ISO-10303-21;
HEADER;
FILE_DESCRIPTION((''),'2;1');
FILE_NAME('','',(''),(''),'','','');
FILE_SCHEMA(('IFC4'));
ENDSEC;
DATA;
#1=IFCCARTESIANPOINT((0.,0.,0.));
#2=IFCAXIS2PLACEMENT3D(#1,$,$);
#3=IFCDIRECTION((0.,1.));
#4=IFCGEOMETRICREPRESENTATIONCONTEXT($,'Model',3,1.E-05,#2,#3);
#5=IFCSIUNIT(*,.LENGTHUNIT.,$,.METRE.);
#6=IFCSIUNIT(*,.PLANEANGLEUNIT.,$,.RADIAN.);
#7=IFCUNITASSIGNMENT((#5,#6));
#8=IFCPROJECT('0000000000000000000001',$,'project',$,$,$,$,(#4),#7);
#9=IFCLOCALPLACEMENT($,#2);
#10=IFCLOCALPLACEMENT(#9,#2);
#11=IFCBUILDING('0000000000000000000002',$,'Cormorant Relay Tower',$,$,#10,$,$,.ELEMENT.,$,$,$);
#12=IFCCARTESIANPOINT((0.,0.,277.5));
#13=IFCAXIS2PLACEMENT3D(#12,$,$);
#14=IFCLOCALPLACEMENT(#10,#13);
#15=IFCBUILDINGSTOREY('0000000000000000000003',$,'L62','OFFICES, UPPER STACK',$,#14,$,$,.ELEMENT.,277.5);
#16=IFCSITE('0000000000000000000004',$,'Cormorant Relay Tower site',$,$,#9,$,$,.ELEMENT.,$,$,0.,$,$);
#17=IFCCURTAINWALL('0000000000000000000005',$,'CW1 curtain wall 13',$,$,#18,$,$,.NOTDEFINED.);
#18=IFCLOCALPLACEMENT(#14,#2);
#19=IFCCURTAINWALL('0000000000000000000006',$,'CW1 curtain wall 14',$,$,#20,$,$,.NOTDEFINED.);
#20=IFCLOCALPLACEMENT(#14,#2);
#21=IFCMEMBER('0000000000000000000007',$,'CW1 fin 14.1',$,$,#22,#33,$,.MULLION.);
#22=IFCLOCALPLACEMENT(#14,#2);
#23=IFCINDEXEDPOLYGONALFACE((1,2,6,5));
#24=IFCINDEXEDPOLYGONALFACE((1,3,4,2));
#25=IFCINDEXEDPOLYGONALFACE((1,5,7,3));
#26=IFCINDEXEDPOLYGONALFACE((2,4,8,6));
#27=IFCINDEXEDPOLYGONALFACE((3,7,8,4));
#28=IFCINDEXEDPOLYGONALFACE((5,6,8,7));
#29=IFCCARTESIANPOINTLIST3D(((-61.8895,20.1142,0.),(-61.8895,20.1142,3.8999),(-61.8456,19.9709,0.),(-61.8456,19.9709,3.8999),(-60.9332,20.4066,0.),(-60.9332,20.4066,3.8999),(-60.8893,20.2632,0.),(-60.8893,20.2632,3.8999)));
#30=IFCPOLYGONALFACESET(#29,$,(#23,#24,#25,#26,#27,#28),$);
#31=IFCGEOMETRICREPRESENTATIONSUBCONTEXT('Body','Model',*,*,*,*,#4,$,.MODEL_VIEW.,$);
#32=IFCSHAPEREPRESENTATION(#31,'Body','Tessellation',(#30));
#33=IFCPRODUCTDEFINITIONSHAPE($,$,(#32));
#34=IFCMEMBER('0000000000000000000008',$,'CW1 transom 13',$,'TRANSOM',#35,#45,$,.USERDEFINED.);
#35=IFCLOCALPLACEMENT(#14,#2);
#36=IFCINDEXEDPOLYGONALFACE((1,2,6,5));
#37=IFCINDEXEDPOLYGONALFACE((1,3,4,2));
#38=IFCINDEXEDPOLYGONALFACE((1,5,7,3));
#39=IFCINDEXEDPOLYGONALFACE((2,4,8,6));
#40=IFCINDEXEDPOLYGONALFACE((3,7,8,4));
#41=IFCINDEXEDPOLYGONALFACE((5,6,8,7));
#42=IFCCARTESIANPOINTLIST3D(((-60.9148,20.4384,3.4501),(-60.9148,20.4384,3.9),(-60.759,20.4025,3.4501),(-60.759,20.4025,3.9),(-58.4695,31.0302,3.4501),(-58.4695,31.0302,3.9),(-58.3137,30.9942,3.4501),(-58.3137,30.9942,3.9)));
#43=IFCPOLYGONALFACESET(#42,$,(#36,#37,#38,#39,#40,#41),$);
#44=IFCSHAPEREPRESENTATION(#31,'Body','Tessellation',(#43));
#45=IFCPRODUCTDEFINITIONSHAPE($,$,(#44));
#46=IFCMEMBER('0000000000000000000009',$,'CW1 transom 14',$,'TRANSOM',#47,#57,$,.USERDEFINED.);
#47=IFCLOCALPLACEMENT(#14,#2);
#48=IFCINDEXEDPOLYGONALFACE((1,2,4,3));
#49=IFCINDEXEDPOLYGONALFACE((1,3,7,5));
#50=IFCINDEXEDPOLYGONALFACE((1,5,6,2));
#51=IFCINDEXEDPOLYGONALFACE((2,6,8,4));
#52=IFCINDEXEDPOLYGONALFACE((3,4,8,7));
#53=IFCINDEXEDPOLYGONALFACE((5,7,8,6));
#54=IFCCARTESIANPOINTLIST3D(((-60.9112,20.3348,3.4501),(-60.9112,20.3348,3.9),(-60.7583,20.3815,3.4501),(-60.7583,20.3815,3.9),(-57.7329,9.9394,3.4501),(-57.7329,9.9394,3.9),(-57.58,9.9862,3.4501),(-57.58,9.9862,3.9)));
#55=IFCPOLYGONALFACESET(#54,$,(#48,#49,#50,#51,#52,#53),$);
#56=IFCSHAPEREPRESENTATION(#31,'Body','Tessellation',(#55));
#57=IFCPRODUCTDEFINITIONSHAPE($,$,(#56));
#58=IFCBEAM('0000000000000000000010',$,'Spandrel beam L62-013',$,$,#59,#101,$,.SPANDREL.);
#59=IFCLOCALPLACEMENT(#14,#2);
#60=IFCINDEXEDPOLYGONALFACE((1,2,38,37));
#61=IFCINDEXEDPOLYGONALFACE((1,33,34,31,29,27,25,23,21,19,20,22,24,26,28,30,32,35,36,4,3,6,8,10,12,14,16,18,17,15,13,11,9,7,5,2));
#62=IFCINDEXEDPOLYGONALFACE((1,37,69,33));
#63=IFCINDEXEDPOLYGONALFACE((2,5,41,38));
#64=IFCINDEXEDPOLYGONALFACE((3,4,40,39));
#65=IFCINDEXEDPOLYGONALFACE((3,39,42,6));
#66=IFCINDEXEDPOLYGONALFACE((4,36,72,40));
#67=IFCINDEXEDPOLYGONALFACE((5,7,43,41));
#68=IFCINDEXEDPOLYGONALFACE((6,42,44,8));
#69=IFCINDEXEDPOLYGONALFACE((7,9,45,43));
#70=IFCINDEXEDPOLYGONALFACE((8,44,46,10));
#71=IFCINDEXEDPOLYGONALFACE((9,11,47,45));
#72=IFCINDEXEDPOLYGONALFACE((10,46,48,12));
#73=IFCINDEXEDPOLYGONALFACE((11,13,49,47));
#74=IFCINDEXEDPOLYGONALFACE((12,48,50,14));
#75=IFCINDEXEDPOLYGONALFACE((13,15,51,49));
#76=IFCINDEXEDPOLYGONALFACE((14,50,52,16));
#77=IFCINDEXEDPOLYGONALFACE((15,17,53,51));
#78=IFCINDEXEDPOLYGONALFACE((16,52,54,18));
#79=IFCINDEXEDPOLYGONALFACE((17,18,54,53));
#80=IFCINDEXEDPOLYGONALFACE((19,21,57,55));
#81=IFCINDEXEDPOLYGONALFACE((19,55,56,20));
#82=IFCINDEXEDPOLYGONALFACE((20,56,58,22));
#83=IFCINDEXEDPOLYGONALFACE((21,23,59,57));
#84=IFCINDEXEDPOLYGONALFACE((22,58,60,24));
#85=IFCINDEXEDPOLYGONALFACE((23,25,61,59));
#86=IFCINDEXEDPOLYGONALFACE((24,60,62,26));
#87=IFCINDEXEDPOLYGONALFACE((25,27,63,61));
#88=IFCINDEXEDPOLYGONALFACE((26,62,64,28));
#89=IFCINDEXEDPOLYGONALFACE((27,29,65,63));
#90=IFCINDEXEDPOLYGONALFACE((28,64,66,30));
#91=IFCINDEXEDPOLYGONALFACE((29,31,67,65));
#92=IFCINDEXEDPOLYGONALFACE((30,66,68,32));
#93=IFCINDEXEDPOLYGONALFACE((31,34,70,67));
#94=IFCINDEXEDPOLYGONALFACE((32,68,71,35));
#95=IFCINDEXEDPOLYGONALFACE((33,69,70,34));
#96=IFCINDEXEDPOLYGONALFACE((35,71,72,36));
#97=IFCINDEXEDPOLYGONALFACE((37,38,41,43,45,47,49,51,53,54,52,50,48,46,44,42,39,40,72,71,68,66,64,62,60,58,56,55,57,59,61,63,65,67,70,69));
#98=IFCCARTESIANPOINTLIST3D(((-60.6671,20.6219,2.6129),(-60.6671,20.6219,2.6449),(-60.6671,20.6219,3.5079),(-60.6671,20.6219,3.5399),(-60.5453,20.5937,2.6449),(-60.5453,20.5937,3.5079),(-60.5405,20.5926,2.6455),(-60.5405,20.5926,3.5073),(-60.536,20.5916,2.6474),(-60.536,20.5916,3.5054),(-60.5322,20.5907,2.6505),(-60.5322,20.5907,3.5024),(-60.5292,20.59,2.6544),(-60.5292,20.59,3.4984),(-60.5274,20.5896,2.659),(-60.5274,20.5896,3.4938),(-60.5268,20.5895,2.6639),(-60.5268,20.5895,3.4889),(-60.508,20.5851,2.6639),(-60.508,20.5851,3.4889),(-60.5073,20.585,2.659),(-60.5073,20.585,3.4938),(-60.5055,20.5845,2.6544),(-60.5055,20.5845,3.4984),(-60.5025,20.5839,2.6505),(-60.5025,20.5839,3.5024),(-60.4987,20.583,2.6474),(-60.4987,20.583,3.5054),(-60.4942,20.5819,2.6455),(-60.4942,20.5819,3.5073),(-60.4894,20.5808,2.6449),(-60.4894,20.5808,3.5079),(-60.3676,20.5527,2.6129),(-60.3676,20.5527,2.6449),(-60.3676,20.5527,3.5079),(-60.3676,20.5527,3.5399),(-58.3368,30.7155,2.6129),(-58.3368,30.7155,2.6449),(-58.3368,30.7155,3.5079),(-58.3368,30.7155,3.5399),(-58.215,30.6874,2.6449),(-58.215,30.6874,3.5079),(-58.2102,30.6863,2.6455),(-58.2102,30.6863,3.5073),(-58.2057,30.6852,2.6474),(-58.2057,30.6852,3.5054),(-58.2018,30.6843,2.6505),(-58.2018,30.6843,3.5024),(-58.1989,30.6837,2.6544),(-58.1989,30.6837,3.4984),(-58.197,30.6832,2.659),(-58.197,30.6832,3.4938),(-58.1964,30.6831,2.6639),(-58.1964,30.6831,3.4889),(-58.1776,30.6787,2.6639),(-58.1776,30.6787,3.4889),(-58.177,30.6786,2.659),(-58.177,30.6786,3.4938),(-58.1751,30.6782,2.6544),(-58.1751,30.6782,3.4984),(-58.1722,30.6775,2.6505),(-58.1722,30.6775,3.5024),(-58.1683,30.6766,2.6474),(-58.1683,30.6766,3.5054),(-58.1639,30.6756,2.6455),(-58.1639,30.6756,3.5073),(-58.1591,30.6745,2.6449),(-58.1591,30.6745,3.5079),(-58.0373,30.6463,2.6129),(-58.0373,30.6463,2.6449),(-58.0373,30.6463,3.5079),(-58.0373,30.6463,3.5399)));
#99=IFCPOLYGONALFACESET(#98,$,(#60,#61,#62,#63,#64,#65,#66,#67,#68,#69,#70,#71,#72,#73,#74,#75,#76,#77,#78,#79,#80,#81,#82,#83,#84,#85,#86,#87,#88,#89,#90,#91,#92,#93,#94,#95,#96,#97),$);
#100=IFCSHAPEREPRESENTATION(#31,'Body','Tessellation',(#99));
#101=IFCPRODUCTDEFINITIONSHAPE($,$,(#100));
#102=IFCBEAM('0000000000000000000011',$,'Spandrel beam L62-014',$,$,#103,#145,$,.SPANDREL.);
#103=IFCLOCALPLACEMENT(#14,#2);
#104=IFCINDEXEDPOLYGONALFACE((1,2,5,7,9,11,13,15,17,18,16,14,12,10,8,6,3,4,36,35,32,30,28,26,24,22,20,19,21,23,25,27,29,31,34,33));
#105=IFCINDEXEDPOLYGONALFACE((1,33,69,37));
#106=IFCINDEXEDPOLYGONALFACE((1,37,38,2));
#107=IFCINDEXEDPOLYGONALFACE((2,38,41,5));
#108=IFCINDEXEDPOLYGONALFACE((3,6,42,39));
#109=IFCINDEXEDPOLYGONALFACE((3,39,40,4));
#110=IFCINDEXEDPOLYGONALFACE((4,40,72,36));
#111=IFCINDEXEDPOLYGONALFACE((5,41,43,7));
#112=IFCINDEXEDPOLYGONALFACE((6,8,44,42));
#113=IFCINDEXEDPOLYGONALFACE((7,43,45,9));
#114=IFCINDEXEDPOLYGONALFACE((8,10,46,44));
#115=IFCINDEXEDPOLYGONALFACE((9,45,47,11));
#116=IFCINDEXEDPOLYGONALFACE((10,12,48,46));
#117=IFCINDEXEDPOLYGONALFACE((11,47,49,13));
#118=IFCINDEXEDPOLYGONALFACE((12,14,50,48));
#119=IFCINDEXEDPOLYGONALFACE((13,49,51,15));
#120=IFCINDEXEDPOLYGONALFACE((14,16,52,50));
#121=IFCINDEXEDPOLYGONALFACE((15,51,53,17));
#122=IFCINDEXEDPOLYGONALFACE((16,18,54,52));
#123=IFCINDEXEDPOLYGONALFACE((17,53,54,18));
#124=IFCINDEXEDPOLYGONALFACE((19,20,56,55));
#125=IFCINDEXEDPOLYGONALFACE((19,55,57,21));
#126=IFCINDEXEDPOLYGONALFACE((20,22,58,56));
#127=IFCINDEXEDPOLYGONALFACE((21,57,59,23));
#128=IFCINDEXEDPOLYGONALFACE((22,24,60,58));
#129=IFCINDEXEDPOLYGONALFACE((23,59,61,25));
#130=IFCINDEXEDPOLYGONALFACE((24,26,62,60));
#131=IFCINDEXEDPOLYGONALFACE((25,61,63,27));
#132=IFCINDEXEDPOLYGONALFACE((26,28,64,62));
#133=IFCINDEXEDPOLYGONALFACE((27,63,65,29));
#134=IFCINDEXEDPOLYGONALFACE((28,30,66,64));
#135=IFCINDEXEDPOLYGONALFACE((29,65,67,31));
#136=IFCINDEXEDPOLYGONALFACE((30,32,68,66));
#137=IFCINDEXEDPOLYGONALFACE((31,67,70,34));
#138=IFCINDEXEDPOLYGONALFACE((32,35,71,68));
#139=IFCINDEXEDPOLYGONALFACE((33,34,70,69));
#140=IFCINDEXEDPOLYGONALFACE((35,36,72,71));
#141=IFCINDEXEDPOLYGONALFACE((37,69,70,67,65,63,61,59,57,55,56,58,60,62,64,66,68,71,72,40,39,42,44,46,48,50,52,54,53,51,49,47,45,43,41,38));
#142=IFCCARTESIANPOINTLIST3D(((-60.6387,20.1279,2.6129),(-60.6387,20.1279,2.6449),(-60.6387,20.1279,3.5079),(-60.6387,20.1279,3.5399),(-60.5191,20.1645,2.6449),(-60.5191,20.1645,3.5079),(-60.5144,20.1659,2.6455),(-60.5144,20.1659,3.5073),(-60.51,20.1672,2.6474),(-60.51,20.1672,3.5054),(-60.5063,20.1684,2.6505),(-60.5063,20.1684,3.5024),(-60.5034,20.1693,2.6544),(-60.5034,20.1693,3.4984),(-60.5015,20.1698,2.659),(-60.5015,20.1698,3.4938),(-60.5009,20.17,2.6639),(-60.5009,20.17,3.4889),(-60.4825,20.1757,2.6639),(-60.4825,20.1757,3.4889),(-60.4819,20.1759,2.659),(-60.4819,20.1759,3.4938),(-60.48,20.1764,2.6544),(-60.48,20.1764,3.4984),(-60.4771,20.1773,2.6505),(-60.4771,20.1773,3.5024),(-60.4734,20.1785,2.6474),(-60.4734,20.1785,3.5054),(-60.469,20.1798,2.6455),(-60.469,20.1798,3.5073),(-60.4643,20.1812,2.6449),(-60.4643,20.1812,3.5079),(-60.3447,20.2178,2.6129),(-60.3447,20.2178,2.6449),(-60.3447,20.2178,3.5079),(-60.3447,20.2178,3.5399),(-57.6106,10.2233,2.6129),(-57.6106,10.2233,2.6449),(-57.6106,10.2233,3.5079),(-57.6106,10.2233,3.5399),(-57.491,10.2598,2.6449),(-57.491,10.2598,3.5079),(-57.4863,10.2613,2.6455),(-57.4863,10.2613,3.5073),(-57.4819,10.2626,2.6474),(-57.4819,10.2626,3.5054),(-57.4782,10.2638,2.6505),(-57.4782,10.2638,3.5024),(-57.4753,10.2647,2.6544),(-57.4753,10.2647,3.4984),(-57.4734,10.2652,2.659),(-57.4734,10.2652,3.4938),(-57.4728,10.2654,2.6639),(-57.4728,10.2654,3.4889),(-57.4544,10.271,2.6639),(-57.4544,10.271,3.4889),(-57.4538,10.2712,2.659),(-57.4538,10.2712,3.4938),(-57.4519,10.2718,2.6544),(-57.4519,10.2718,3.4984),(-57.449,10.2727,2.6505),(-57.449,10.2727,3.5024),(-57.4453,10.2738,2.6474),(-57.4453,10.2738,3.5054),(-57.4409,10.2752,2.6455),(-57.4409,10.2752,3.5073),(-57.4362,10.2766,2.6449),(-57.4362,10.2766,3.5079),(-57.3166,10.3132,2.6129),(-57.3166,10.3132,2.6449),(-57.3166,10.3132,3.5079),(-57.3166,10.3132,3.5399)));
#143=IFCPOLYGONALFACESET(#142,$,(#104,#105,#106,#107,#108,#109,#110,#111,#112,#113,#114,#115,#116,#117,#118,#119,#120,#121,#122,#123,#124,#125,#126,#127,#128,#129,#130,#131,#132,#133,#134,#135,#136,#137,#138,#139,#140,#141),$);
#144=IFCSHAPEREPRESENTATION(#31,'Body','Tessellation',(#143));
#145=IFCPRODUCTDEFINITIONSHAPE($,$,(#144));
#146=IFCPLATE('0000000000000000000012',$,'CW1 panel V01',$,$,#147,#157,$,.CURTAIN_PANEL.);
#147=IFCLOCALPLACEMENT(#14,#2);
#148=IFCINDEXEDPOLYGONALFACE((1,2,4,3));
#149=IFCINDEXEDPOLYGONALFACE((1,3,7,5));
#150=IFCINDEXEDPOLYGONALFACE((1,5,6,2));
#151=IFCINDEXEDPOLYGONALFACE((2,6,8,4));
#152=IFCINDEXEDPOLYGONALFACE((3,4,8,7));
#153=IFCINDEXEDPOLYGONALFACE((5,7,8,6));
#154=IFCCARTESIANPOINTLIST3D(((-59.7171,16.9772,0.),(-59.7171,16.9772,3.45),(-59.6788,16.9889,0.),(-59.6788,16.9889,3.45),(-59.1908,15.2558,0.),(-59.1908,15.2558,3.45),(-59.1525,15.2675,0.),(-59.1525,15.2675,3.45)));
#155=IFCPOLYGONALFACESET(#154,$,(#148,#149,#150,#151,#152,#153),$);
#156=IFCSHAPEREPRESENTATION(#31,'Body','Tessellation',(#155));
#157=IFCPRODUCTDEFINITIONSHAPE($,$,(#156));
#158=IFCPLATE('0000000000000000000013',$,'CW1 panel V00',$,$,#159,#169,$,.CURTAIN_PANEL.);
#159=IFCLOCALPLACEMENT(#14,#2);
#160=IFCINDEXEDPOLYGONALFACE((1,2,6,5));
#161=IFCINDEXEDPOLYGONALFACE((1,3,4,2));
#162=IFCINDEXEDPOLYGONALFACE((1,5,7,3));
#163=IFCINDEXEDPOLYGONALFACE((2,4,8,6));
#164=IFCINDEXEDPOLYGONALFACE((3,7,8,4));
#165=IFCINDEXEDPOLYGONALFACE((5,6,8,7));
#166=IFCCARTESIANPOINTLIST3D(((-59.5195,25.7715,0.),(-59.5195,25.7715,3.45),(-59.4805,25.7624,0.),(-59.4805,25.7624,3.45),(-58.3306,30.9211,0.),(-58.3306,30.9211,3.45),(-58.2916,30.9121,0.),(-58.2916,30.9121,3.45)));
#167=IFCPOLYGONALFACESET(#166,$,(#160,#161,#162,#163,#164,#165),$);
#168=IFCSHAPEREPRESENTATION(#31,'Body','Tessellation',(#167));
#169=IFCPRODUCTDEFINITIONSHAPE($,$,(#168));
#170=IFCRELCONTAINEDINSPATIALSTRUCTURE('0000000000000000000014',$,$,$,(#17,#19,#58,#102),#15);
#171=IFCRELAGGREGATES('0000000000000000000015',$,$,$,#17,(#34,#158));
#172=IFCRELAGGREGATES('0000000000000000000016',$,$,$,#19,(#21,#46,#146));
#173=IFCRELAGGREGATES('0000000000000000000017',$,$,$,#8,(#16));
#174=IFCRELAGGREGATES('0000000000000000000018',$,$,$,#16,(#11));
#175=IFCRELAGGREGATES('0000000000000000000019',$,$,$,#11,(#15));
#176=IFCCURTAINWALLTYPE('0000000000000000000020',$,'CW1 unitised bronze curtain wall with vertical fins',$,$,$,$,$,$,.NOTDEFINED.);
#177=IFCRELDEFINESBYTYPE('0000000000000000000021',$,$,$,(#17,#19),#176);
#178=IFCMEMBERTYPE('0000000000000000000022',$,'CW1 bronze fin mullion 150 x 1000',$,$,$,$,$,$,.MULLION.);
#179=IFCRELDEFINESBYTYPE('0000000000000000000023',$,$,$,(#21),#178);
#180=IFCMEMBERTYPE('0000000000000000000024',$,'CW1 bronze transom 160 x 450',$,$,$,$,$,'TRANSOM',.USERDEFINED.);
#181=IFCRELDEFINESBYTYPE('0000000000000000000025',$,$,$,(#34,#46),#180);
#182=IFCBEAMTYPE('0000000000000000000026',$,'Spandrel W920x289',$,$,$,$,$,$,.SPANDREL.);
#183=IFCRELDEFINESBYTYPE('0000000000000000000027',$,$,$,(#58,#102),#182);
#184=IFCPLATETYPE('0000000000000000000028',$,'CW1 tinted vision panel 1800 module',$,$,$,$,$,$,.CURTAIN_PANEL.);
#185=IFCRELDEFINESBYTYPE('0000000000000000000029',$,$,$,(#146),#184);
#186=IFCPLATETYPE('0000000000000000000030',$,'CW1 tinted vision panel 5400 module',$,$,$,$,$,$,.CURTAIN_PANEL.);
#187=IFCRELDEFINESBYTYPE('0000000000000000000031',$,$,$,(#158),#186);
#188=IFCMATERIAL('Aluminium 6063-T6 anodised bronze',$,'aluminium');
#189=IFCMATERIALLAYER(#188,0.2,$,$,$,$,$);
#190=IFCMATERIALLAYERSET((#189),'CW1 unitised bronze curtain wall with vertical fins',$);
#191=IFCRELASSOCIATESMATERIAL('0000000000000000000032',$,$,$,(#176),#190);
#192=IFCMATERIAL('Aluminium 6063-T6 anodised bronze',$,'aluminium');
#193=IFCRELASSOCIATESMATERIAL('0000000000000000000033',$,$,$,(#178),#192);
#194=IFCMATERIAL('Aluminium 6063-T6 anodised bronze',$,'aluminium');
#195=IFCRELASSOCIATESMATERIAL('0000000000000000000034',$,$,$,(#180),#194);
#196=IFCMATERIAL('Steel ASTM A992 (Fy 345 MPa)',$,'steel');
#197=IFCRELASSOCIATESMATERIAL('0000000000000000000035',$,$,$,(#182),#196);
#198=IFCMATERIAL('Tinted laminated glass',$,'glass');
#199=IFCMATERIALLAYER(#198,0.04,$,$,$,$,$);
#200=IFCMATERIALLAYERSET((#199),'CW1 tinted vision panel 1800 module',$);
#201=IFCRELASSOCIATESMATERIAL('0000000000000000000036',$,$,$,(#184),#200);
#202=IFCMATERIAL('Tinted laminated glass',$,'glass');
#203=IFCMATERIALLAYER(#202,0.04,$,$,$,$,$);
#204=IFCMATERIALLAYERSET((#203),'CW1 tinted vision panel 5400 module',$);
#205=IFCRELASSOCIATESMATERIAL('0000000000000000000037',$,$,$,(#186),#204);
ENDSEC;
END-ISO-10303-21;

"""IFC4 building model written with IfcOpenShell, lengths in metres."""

from ifc_helpers import new_model, si_unit, direction, frame, origin, origin_2d, place, context, subcontext, project, spatial, rectangle, i_section, extrude, material, layer, layer_set, material_profile, profile_set, type_object, element, aggregate, save


model = new_model("IFC4")

# Units and contexts
model_context = context("Model", 3, precision=1e-05, world=origin(), true_north=direction((0.0, 1.0)))
body_context = subcontext(model_context, "Body", "Model", "MODEL_VIEW")
ifc_project = project(units=[si_unit("LENGTHUNIT", "METRE"), si_unit("PLANEANGLEUNIT", "RADIAN")], contexts=[model_context])

# Site, building, storey
site_placement = place(None, origin())
site = spatial("IfcSite", under=ifc_project, at=site_placement, Name="Cormorant Relay Tower site", CompositionType="ELEMENT", RefElevation=0.0)
building_placement = place(site_placement, origin())
building = spatial("IfcBuilding", under=site, at=building_placement, Name="Cormorant Relay Tower", CompositionType="ELEMENT")
storey_placement = place(building_placement, frame((0.0, 0.0, 277.5)))
storey = spatial("IfcBuildingStorey", under=building, at=storey_placement, Name="L62", Description="OFFICES, UPPER STACK", CompositionType="ELEMENT", Elevation=277.5)

# Curtain walls, member
ifc_material_1 = material(Name="Aluminium 6063-T6 anodised bronze", Category="aluminium")
ifc_layer_1 = layer(ifc_material_1, 0.2)
ifc_layer_set_1 = layer_set([ifc_layer_1], Name="CW1 unitised bronze curtain wall with vertical fins")
curtain_wall_type = type_object("IfcCurtainWallType", Name="CW1 unitised bronze curtain wall with vertical fins", PredefinedType="NOTDEFINED", material=ifc_layer_set_1)
curtain_wall_1_placement = place(storey_placement, origin())
curtain_wall_1 = element("IfcCurtainWall", 1, at=curtain_wall_1_placement, inside=storey, type_object=curtain_wall_type, Name="CW1 curtain wall 13", PredefinedType="NOTDEFINED")
ifc_material_2 = material(Name="Aluminium 6063-T6 anodised bronze", Category="aluminium")
ifc_material_profile_1 = material_profile(ifc_material_2, rectangle(XDim=0.1499, YDim=1.0, at=origin_2d()), Name="AL 150x1000")
ifc_profile_set_1 = profile_set([ifc_material_profile_1], Name="Aluminium 6063-T6 anodised bronze")
member_type_1 = type_object("IfcMemberType", Name="CW1 bronze fin mullion 150 x 1000", PredefinedType="MULLION", material=ifc_profile_set_1)
curtain_wall_2_placement = place(storey_placement, origin())
curtain_wall_2 = element("IfcCurtainWall", 2, at=curtain_wall_2_placement, inside=storey, type_object=curtain_wall_type, Name="CW1 curtain wall 14", PredefinedType="NOTDEFINED")
member_1_placement = place(storey_placement, frame((-61.3894, 20.1887, 0.0), z_axis=(0.0, 0.0, 1.0), x_axis=(0.292372, -0.956305, 0.0)))
member_1 = element("IfcMember", 3, at=member_1_placement, type_object=member_type_1, Name="CW1 fin 14.1", PredefinedType="MULLION", context=body_context, shape_type="SweptSolid", body=[
    extrude(rectangle(XDim=0.1499, YDim=1.0, at=origin_2d()), origin(), (0.0, 0.0, 1.0), 3.8999),
])

# Members
ifc_material_3 = material(Name="Aluminium 6063-T6 anodised bronze", Category="aluminium")
ifc_material_profile_2 = material_profile(ifc_material_3, rectangle(XDim=0.1599, YDim=0.45, at=origin_2d()), Name="AL 160x450")
ifc_profile_set_2 = profile_set([ifc_material_profile_2], Name="Aluminium 6063-T6 anodised bronze")
member_type_2 = type_object("IfcMemberType", Name="CW1 bronze transom 160 x 450", ElementType="TRANSOM", PredefinedType="USERDEFINED", material=ifc_profile_set_2)
member_2_placement = place(storey_placement, frame((-58.3916, 31.0122, 3.675), z_axis=(-0.224951, -0.97437, 0.0), x_axis=(0.97437, -0.224951, 0.0)))
member_2 = element("IfcMember", 4, at=member_2_placement, type_object=member_type_2, Name="CW1 transom 13", ObjectType="TRANSOM", PredefinedType="USERDEFINED", context=body_context, shape_type="SweptSolid", body=[
    extrude(rectangle(XDim=0.1599, YDim=0.45, at=origin_2d()), origin(), (0.0, 0.0, 1.0), 10.8704),
])
member_3_placement = place(storey_placement, frame((-60.8347, 20.3582, 3.675), z_axis=(0.292378, -0.956303, 0.0), x_axis=(0.956303, 0.292378, 0.0)))
member_3 = element("IfcMember", 5, at=member_3_placement, type_object=member_type_2, Name="CW1 transom 14", ObjectType="TRANSOM", PredefinedType="USERDEFINED", context=body_context, shape_type="SweptSolid", body=[
    extrude(rectangle(XDim=0.1599, YDim=0.45, at=origin_2d()), origin(), (0.0, 0.0, 1.0), 10.8704),
])

# Beams
ifc_material_4 = material(Name="Steel ASTM A992 (Fy 345 MPa)", Category="steel")
ifc_material_profile_3 = material_profile(ifc_material_4, i_section(OverallWidth=0.3074, OverallDepth=0.927, WebThickness=0.0193, FlangeThickness=0.032, FilletRadius=0.019, at=origin_2d()), Name="W920x289")
ifc_profile_set_3 = profile_set([ifc_material_profile_3], Name="Steel ASTM A992 (Fy 345 MPa)")
beam_type = type_object("IfcBeamType", Name="Spandrel W920x289", PredefinedType="SPANDREL", material=ifc_profile_set_3)
beam_1_placement = place(storey_placement, frame((-58.187, 30.6809, 3.0764), z_axis=(-0.224956, -0.974369, 0.0), x_axis=(0.974369, -0.224956, 0.0)))
element("IfcBeam", 6, at=beam_1_placement, inside=storey, type_object=beam_type, Name="Spandrel beam L62-013", PredefinedType="SPANDREL", context=body_context, shape_type="SweptSolid", body=[
    extrude(i_section(OverallWidth=0.3074, OverallDepth=0.927, WebThickness=0.0193, FlangeThickness=0.032, FilletRadius=0.019, at=origin_2d()), origin(), (0.0, 0.0, 1.0), 10.3591),
])
beam_2_placement = place(storey_placement, frame((-60.4917, 20.1729, 3.0764), z_axis=(0.292368, -0.956306, 0.0), x_axis=(0.956306, 0.292368, 0.0)))
element("IfcBeam", 7, at=beam_2_placement, inside=storey, type_object=beam_type, Name="Spandrel beam L62-014", PredefinedType="SPANDREL", context=body_context, shape_type="SweptSolid", body=[
    extrude(i_section(OverallWidth=0.3074, OverallDepth=0.927, WebThickness=0.0193, FlangeThickness=0.032, FilletRadius=0.019, at=origin_2d()), origin(), (0.0, 0.0, 1.0), 10.3572),
])

# Plates
ifc_material_5 = material(Name="Tinted laminated glass", Category="glass")
ifc_layer_2 = layer(ifc_material_5, 0.04)
ifc_layer_set_2 = layer_set([ifc_layer_2], Name="CW1 tinted vision panel 1800 module")
plate_type_1 = type_object("IfcPlateType", Name="CW1 tinted vision panel 1800 module", PredefinedType="CURTAIN_PANEL", material=ifc_layer_set_2)
plate_1_placement = place(storey_placement, frame((-59.4348, 16.1223, 0.0), z_axis=(0.0, 0.0, 1.0), x_axis=(0.292372, -0.956305, 0.0)))
plate_1 = element("IfcPlate", 8, at=plate_1_placement, type_object=plate_type_1, Name="CW1 panel V01", PredefinedType="CURTAIN_PANEL", context=body_context, shape_type="SweptSolid", body=[
    extrude(rectangle(XDim=1.8, YDim=0.04, at=origin_2d()), origin(), (0.0, 0.0, 1.0), 3.45),
])
ifc_material_6 = material(Name="Tinted laminated glass", Category="glass")
ifc_layer_3 = layer(ifc_material_6, 0.04)
ifc_layer_set_3 = layer_set([ifc_layer_3], Name="CW1 tinted vision panel 5400 module")
plate_type_2 = type_object("IfcPlateType", Name="CW1 tinted vision panel 5400 module", PredefinedType="CURTAIN_PANEL", material=ifc_layer_set_3)
plate_2_placement = place(storey_placement, frame((-58.9055, 28.3418, 0.0), z_axis=(0.0, 0.0, 1.0), x_axis=(-0.224951, -0.97437, 0.0)))
plate_2 = element("IfcPlate", 9, at=plate_2_placement, type_object=plate_type_2, Name="CW1 panel V00", PredefinedType="CURTAIN_PANEL", context=body_context, shape_type="SweptSolid", body=[
    extrude(rectangle(XDim=5.2852, YDim=0.04, at=origin_2d()), origin(), (0.0, 0.0, 1.0), 3.45),
])

aggregate(curtain_wall_1, [member_2, plate_2])
aggregate(curtain_wall_2, [member_1, member_3, plate_1])

save(model, "model.ifc")
